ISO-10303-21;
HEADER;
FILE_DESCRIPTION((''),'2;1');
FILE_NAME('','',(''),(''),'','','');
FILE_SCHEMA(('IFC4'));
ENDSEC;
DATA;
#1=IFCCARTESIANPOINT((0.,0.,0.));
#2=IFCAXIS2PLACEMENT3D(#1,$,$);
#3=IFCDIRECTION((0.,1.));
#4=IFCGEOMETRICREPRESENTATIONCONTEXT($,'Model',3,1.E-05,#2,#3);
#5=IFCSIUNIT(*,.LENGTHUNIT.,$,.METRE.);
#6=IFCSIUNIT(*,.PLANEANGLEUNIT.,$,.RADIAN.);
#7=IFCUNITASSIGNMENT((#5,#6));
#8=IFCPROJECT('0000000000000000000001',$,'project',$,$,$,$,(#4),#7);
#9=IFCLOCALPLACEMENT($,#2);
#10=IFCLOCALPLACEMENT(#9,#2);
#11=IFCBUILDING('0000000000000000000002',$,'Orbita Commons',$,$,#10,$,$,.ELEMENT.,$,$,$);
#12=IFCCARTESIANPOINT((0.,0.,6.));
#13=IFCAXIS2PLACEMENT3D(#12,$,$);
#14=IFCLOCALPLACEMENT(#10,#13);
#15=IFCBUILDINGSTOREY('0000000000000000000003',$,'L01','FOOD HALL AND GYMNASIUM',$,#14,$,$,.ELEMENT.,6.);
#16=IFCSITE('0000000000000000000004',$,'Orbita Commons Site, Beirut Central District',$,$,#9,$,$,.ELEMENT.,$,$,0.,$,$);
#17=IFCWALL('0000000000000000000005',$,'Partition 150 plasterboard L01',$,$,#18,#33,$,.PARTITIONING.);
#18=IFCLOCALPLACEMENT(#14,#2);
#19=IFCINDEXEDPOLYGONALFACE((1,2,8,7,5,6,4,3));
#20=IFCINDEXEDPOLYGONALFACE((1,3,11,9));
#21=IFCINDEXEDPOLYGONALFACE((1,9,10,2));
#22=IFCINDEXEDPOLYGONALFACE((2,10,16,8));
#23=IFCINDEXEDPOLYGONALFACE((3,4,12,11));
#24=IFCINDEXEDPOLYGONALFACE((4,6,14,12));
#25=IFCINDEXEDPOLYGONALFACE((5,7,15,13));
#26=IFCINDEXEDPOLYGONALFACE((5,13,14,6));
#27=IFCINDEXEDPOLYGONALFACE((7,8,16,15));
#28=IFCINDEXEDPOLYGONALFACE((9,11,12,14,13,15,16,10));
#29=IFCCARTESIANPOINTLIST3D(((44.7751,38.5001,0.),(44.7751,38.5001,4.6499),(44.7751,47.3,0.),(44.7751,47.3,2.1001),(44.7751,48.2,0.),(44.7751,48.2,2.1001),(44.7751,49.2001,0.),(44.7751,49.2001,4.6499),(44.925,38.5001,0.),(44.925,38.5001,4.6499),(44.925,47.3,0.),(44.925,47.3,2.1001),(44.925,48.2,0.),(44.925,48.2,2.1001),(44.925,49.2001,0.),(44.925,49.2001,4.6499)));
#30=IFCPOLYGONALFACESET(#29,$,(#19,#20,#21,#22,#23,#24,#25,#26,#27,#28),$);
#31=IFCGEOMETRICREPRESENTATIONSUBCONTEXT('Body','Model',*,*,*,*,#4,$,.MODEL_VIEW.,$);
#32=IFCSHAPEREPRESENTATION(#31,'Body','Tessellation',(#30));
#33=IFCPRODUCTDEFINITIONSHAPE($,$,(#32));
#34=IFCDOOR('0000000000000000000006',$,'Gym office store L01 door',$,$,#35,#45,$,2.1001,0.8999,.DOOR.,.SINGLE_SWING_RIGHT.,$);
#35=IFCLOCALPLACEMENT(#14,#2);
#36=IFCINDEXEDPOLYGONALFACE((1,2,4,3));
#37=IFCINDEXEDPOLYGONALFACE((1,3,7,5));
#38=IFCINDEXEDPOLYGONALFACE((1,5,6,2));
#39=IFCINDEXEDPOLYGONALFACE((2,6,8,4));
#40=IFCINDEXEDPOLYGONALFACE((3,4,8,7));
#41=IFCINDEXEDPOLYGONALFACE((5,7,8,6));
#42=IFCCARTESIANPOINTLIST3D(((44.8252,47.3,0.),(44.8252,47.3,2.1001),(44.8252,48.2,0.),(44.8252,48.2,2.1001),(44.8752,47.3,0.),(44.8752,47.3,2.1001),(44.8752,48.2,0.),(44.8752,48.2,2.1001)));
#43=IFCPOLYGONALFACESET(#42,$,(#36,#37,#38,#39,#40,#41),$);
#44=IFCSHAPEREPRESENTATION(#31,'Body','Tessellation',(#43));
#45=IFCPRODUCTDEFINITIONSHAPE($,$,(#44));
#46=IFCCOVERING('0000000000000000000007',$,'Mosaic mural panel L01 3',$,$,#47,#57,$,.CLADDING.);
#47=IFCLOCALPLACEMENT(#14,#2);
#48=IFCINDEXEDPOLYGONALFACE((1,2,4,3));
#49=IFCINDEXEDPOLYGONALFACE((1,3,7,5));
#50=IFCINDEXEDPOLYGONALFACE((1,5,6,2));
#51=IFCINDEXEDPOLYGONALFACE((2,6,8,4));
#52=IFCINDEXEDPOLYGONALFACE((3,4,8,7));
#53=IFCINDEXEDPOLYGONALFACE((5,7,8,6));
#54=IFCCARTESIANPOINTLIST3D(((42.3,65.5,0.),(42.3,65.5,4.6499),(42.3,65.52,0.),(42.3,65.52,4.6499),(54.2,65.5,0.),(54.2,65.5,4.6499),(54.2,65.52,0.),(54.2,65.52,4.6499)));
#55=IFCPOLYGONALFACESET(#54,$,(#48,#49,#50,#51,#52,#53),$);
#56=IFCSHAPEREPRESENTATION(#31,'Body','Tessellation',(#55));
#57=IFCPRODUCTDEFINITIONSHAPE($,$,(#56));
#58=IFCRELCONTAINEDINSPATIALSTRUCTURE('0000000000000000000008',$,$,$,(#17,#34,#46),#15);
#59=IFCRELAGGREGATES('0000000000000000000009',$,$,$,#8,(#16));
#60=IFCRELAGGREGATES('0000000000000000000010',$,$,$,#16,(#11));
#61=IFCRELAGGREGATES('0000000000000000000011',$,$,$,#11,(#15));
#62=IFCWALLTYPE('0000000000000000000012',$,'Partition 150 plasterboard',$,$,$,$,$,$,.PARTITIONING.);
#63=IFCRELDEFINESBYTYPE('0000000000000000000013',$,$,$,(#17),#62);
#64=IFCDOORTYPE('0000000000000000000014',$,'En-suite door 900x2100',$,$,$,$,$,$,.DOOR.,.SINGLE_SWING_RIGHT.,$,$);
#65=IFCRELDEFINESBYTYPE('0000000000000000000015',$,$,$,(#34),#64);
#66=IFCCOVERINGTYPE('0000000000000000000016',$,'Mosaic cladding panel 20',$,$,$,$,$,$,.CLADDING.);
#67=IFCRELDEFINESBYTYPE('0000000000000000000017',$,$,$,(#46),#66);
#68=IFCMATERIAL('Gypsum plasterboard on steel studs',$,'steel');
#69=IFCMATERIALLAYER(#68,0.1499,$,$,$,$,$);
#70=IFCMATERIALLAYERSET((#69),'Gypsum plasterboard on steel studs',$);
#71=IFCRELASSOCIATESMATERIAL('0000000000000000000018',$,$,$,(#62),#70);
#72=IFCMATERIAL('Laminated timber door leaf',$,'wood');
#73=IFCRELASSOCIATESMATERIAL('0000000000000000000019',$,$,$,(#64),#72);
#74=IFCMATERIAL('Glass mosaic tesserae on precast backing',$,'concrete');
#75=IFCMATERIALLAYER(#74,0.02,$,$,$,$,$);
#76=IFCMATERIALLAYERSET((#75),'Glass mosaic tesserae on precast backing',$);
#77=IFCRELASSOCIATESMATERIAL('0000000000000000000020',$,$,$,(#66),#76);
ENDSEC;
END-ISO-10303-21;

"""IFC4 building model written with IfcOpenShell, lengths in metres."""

from ifc_helpers import new_model, si_unit, direction, frame, frame_2d, origin, origin_2d, place, context, subcontext, project, spatial, rectangle, extrude, material, layer, layer_set, type_object, element, fill, save


model = new_model("IFC4")

# Units and contexts
model_context = context("Model", 3, precision=1e-05, world=origin(), true_north=direction((0.0, 1.0)))
body_context = subcontext(model_context, "Body", "Model", "MODEL_VIEW")
ifc_project = project(units=[si_unit("LENGTHUNIT", "METRE"), si_unit("PLANEANGLEUNIT", "RADIAN")], contexts=[model_context])

# Site, building, storey
site_placement = place(None, origin())
site = spatial("IfcSite", under=ifc_project, at=site_placement, Name="Orbita Commons Site, Beirut Central District", CompositionType="ELEMENT", RefElevation=0.0)
building_placement = place(site_placement, origin())
building = spatial("IfcBuilding", under=site, at=building_placement, Name="Orbita Commons", CompositionType="ELEMENT")
storey_placement = place(building_placement, frame((0.0, 0.0, 6.0)))
storey = spatial("IfcBuildingStorey", under=building, at=storey_placement, Name="L01", Description="FOOD HALL AND GYMNASIUM", CompositionType="ELEMENT", Elevation=6.0)

# Wall, opening, door
ifc_material_1 = material(Name="Gypsum plasterboard on steel studs", Category="steel")
ifc_layer_1 = layer(ifc_material_1, 0.1499)
ifc_layer_set_1 = layer_set([ifc_layer_1], Name="Gypsum plasterboard on steel studs")
wall_type_1 = type_object("IfcWallType", Name="Partition 150 plasterboard", PredefinedType="PARTITIONING", material=ifc_layer_set_1)
wall_1_placement = place(storey_placement, frame((44.8501, 38.5, 0.0), z_axis=(0.0, 0.0, 1.0), x_axis=(0.0, 1.0, 0.0)))
wall_1 = element("IfcWall", 1, at=wall_1_placement, inside=storey, type_object=wall_type_1, Name="Partition 150 plasterboard L01", PredefinedType="PARTITIONING", context=body_context, shape_type="SweptSolid", body=[
    extrude(rectangle(XDim=10.7, YDim=0.1499, at=frame_2d((5.3501, 0.0))), origin(), (0.0, 0.0, 1.0), 4.6499),
])
opening_1_placement = place(wall_1_placement, frame((8.8, 0.0, 0.0)))
opening_1 = element("IfcOpeningElement", 2, at=opening_1_placement, cuts=wall_1, PredefinedType="OPENING", context=body_context, shape_type="SweptSolid", body=[
    extrude(rectangle(XDim=0.8999, YDim=2.1001, at=frame_2d((0.45, 1.05))), frame((0.0, 0.085, 0.0), z_axis=(0.0, -1.0, 0.0), x_axis=(1.0, 0.0, 0.0)), (0.0, 0.0, 1.0), 0.1699),
])
ifc_material_2 = material(Name="Laminated timber door leaf", Category="wood")
door_type_1 = type_object("IfcDoorType", Name="En-suite door 900x2100", OperationType="SINGLE_SWING_RIGHT", PredefinedType="DOOR", material=ifc_material_2)
door_1_placement = place(opening_1_placement, origin())
door_1 = element("IfcDoor", 3, at=door_1_placement, inside=storey, type_object=door_type_1, Name="Gym office store L01 door", OperationType="SINGLE_SWING_RIGHT", OverallHeight=2.1001, OverallWidth=0.8999, PredefinedType="DOOR", context=body_context, shape_type="SweptSolid", body=[
    extrude(rectangle(XDim=0.8999, YDim=2.1001, at=frame_2d((0.45, 1.05))), frame((0.0, 0.0249, 0.0), z_axis=(0.0, -1.0, 0.0), x_axis=(1.0, 0.0, 0.0)), (0.0, 0.0, 1.0), 0.05),
])
fill(opening_1, door_1)

# Covering
ifc_material_3 = material(Name="Glass mosaic tesserae on precast backing", Category="concrete")
ifc_layer_2 = layer(ifc_material_3, 0.02)
ifc_layer_set_2 = layer_set([ifc_layer_2], Name="Glass mosaic tesserae on precast backing")
covering_type = type_object("IfcCoveringType", Name="Mosaic cladding panel 20", PredefinedType="CLADDING", material=ifc_layer_set_2)
covering_placement = place(storey_placement, frame((48.25, 65.51, 0.0), z_axis=(0.0, 0.0, 1.0), x_axis=(1.0, 0.0, 0.0)))
element("IfcCovering", 4, at=covering_placement, inside=storey, type_object=covering_type, Name="Mosaic mural panel L01 3", PredefinedType="CLADDING", context=body_context, shape_type="SweptSolid", body=[
    extrude(rectangle(XDim=11.8999, YDim=0.02, at=origin_2d()), origin(), (0.0, 0.0, 1.0), 4.6499),
])

save(model, "model.ifc")
